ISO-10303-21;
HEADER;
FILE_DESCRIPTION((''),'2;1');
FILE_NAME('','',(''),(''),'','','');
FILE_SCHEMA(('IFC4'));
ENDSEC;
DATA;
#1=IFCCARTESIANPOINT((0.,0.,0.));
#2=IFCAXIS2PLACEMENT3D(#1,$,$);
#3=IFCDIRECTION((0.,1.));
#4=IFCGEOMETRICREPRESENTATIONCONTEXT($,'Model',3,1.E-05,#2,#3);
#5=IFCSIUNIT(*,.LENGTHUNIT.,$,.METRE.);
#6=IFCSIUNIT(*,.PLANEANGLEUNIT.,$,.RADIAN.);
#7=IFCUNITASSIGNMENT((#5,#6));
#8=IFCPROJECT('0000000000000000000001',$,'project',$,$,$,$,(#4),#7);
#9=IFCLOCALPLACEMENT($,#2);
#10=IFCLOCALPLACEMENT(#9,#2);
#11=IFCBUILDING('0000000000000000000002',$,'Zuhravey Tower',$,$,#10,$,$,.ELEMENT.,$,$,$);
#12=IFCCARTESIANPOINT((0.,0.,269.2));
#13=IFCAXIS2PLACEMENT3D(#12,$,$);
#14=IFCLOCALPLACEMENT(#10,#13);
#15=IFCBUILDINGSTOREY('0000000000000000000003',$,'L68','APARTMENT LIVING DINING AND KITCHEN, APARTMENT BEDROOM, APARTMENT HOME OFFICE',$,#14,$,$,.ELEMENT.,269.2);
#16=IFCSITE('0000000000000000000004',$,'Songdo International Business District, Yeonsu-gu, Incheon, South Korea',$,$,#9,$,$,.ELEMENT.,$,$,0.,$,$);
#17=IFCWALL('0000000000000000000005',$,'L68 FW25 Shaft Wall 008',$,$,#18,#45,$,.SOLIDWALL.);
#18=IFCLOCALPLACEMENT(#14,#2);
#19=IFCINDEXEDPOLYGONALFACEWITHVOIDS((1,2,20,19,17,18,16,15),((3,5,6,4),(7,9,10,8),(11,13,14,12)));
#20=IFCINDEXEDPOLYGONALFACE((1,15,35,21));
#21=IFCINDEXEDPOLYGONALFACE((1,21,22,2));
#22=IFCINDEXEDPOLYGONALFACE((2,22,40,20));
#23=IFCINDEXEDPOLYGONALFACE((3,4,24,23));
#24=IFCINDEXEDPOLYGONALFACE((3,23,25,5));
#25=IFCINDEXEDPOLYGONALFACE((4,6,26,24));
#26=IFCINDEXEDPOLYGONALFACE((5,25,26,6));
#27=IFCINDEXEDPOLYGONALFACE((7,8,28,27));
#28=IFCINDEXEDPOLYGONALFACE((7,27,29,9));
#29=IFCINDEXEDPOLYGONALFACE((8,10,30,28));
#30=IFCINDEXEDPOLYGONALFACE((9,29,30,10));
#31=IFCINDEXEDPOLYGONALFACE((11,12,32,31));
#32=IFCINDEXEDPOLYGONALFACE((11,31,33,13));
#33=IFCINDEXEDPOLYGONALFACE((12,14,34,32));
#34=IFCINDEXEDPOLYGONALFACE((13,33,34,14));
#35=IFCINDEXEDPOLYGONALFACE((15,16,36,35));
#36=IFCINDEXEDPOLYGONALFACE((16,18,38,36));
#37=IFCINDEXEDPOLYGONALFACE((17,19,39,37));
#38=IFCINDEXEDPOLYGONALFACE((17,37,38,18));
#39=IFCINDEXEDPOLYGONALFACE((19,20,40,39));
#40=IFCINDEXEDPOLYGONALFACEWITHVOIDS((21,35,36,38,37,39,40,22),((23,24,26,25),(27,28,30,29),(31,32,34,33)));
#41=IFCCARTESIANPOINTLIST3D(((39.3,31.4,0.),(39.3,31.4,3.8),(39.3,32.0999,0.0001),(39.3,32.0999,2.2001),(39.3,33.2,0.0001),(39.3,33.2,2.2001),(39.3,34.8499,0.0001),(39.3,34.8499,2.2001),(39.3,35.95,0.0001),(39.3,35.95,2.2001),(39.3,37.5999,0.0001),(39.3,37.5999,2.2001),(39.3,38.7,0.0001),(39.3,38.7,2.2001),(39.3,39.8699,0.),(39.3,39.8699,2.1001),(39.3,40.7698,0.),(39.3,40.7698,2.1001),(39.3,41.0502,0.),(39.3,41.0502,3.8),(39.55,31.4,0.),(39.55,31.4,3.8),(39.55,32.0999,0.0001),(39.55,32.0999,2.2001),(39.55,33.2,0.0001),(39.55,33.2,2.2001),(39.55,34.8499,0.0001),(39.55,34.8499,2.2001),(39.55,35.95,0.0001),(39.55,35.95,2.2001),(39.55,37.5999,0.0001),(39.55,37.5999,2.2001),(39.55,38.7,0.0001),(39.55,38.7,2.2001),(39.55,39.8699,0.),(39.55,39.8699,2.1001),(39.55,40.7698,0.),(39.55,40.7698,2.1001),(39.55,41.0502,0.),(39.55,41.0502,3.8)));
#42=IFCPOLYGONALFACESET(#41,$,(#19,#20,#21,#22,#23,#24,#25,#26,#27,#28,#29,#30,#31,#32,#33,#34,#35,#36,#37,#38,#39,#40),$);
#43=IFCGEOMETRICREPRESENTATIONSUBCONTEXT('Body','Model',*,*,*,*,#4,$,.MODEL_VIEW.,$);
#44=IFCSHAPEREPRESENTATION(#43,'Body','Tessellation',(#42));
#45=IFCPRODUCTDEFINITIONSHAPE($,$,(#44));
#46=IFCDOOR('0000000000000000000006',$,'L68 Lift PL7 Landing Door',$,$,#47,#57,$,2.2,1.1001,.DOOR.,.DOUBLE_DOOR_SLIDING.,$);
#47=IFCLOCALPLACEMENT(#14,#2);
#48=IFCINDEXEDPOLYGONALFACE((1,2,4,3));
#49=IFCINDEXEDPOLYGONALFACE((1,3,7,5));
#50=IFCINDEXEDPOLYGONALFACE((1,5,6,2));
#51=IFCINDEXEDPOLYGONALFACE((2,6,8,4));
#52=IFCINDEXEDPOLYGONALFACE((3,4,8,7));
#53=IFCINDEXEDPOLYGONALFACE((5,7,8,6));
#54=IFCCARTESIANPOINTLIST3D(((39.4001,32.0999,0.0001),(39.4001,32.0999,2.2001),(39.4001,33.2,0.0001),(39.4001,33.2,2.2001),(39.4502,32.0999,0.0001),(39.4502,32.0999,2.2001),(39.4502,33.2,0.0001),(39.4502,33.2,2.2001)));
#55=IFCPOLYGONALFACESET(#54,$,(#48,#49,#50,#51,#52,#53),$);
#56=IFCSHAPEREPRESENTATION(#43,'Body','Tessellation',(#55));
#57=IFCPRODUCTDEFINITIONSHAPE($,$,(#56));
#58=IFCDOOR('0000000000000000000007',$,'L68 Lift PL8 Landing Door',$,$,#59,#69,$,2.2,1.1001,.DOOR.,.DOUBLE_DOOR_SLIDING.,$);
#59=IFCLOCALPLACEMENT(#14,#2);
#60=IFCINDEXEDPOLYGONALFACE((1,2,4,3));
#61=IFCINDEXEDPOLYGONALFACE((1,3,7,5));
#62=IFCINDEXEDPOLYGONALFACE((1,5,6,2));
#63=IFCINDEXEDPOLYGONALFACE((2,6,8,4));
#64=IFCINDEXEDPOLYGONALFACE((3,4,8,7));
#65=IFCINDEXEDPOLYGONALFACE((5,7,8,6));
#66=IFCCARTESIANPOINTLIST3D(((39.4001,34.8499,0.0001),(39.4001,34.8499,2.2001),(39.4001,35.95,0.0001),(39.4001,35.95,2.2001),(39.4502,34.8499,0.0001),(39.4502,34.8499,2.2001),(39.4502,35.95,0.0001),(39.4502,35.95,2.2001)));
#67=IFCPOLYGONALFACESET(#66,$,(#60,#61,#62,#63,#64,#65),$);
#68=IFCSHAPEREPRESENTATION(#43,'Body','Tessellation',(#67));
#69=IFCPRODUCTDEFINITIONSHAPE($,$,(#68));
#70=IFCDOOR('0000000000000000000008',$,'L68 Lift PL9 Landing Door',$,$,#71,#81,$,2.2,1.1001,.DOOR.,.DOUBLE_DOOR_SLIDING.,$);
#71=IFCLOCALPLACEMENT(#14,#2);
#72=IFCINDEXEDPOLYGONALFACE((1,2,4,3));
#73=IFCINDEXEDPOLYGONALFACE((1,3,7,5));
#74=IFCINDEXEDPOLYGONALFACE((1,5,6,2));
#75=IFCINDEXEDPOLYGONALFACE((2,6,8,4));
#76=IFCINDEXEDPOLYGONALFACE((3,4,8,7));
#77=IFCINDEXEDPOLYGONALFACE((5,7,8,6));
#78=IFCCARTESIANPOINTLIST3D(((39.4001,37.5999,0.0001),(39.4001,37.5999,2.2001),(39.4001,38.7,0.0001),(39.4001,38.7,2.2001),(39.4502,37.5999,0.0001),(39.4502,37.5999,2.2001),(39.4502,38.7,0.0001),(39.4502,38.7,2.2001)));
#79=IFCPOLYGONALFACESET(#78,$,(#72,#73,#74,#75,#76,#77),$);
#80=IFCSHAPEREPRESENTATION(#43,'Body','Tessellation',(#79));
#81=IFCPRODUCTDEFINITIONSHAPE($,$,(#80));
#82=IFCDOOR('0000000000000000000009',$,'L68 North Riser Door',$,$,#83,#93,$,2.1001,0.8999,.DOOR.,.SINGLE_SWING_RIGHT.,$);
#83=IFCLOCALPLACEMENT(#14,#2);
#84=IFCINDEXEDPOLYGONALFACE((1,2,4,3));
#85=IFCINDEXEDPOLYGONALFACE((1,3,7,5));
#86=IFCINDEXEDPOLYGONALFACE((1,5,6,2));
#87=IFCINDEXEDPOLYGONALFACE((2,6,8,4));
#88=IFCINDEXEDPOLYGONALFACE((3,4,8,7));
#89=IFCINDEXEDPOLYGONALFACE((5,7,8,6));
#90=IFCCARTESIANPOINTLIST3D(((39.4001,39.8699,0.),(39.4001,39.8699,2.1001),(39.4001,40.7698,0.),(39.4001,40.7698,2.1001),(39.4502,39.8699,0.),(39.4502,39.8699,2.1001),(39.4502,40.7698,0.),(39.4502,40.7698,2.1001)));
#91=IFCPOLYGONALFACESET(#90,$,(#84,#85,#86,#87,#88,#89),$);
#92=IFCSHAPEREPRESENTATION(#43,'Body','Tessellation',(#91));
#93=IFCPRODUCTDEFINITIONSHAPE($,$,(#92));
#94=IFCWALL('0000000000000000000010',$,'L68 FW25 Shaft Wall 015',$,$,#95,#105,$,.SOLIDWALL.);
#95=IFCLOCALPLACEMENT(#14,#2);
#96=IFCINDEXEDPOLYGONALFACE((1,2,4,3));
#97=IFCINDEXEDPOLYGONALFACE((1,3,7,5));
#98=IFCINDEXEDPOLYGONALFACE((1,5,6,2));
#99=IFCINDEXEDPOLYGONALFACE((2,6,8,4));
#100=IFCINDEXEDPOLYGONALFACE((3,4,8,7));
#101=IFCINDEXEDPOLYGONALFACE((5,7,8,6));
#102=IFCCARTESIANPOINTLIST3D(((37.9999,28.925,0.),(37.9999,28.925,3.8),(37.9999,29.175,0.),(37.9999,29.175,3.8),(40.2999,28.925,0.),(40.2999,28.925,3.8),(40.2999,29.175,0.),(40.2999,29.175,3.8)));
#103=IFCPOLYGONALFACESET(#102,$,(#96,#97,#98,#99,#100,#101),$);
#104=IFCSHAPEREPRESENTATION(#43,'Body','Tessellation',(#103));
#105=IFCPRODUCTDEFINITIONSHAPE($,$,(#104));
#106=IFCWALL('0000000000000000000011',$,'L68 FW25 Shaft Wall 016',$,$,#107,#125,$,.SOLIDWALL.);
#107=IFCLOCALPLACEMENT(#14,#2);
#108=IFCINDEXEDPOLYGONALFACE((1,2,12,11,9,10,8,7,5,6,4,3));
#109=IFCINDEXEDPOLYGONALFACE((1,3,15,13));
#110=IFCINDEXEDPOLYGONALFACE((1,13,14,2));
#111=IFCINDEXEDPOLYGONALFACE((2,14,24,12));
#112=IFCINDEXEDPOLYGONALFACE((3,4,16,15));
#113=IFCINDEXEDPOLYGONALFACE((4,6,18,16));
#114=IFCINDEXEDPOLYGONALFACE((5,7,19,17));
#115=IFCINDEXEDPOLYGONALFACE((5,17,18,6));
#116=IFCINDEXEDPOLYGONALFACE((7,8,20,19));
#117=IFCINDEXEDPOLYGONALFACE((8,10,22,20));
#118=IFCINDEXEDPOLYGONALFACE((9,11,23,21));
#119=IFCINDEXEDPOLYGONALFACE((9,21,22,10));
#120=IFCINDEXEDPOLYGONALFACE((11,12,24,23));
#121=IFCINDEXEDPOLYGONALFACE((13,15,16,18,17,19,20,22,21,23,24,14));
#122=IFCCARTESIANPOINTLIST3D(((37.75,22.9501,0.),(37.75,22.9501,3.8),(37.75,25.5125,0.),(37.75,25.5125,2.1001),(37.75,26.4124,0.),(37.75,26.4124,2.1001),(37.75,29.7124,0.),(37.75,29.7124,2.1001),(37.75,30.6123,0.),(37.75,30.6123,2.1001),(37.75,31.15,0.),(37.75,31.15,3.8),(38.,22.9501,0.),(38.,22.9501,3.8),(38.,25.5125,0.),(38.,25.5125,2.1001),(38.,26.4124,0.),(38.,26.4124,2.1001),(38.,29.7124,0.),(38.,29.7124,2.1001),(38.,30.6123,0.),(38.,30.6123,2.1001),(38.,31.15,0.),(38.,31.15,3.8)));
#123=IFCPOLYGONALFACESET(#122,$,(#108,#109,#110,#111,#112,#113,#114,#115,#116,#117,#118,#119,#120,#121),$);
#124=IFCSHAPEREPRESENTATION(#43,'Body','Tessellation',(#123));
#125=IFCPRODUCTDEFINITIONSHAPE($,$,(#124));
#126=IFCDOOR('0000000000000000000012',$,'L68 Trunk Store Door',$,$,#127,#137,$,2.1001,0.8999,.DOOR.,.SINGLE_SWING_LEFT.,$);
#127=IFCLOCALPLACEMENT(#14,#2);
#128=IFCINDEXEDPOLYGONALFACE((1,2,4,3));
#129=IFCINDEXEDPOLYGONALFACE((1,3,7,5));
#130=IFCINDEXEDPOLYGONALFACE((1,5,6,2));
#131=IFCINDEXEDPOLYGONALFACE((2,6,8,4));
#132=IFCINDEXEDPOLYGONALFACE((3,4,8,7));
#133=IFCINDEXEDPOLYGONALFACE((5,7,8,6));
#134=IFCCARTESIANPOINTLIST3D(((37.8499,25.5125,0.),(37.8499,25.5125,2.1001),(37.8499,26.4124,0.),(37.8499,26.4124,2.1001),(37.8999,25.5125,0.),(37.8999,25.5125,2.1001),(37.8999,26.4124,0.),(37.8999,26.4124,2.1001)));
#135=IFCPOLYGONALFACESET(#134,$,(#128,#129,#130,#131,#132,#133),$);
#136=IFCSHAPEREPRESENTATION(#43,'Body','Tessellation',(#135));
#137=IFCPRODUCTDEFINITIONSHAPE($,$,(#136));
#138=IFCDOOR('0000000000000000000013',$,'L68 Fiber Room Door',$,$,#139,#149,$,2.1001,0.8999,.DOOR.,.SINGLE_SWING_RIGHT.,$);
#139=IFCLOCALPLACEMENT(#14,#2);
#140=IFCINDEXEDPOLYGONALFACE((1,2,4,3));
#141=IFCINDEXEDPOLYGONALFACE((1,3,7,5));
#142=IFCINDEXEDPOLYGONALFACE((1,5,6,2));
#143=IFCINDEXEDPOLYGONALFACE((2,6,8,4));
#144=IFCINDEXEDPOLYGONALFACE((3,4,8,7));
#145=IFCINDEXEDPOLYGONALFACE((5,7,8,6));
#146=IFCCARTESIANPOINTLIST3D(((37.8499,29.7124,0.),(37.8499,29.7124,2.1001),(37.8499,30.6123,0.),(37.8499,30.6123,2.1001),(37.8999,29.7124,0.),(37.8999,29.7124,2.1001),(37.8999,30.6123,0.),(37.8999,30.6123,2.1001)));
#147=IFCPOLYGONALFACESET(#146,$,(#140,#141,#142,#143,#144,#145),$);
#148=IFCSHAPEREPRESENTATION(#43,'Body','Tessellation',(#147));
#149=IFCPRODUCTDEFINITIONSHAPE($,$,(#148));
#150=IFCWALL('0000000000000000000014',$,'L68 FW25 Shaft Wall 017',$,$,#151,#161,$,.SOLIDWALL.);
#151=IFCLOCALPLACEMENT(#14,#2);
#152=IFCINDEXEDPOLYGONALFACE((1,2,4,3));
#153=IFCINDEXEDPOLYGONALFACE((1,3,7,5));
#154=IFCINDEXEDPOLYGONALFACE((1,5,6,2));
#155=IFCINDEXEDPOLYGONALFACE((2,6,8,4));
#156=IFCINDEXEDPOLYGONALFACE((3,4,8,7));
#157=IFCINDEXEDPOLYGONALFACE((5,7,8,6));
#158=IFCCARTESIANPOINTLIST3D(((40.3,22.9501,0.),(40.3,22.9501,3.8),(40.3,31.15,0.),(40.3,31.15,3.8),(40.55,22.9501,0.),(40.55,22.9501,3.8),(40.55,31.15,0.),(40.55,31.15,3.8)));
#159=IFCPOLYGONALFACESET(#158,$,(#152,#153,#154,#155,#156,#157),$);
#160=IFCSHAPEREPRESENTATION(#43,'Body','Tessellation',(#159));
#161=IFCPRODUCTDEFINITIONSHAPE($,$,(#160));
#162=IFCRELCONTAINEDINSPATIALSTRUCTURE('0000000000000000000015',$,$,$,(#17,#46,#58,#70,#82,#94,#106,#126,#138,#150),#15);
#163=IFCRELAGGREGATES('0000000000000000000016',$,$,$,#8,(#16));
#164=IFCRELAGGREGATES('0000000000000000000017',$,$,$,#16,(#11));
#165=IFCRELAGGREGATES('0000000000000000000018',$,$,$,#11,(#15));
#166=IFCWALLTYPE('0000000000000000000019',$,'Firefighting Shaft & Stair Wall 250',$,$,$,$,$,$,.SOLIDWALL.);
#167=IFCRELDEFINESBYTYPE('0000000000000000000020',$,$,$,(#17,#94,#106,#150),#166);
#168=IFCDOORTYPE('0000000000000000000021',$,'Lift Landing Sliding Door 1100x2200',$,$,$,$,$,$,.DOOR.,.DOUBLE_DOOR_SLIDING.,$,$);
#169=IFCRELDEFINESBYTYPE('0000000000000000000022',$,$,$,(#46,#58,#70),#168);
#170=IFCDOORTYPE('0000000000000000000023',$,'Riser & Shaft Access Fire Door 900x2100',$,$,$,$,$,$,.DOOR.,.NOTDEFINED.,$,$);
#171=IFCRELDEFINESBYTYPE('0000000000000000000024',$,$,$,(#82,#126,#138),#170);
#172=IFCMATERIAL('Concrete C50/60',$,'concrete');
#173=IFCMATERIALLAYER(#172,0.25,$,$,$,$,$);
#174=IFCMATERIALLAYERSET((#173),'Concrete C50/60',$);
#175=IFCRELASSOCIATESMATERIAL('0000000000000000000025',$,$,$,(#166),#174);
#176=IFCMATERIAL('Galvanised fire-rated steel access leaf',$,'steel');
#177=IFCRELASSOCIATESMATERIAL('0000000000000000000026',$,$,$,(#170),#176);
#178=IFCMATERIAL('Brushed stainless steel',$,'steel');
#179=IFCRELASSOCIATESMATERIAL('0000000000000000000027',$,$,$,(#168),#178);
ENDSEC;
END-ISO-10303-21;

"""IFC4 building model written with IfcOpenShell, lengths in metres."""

from ifc_helpers import new_model, si_unit, direction, frame, frame_2d, origin, place, context, subcontext, project, spatial, rectangle, extrude, material, layer, layer_set, type_object, element, fill, save


model = new_model("IFC4")

# Units and contexts
model_context = context("Model", 3, precision=1e-05, world=origin(), true_north=direction((0.0, 1.0)))
body_context = subcontext(model_context, "Body", "Model", "MODEL_VIEW")
ifc_project = project(units=[si_unit("LENGTHUNIT", "METRE"), si_unit("PLANEANGLEUNIT", "RADIAN")], contexts=[model_context])

# Site, building, storey
site_placement = place(None, origin())
site = spatial("IfcSite", under=ifc_project, at=site_placement, Name="Songdo International Business District, Yeonsu-gu, Incheon, South Korea", CompositionType="ELEMENT", RefElevation=0.0)
building_placement = place(site_placement, origin())
building = spatial("IfcBuilding", under=site, at=building_placement, Name="Zuhravey Tower", CompositionType="ELEMENT")
storey_placement = place(building_placement, frame((0.0, 0.0, 269.2)))
storey = spatial("IfcBuildingStorey", under=building, at=storey_placement, Name="L68", Description="APARTMENT LIVING DINING AND KITCHEN, APARTMENT BEDROOM, APARTMENT HOME OFFICE", CompositionType="ELEMENT", Elevation=269.2)

# Shared definitions
ifc_material_1 = material(Name="Concrete C50/60", Category="concrete")

# Shared definitions
ifc_layer_1 = layer(ifc_material_1, 0.25)
ifc_layer_set_1 = layer_set([ifc_layer_1], Name="Concrete C50/60")
wall_type_1 = type_object("IfcWallType", Name="Firefighting Shaft & Stair Wall 250", PredefinedType="SOLIDWALL", material=ifc_layer_set_1)

# Wall, openings, doors
ifc_material_2 = material(Name="Galvanised fire-rated steel access leaf", Category="steel")
door_type_1 = type_object("IfcDoorType", Name="Riser & Shaft Access Fire Door 900x2100", OperationType="NOTDEFINED", PredefinedType="DOOR", material=ifc_material_2)
wall_1_placement = place(storey_placement, frame((39.425, 31.3999, 0.0), z_axis=(0.0, 0.0, 1.0), x_axis=(0.0, 1.0, 0.0)))
wall_1 = element("IfcWall", 1, at=wall_1_placement, inside=storey, type_object=wall_type_1, Name="L68 FW25 Shaft Wall 008", PredefinedType="SOLIDWALL", context=body_context, shape_type="SweptSolid", body=[
    extrude(rectangle(XDim=9.6501, YDim=0.25, at=frame_2d((4.8252, 0.0))), origin(), (0.0, 0.0, 1.0), 3.8),
])
opening_1_placement = place(wall_1_placement, frame((0.7, 0.0, 0.0)))
opening_1 = element("IfcOpeningElement", 2, at=opening_1_placement, cuts=wall_1, PredefinedType="OPENING", context=body_context, shape_type="SweptSolid", body=[
    extrude(rectangle(XDim=1.1001, YDim=2.2, at=frame_2d((0.55, 1.1001))), frame((0.0, 0.137, 0.0), z_axis=(0.0, -1.0, 0.0), x_axis=(1.0, 0.0, 0.0)), (0.0, 0.0, 1.0), 0.2739),
])
opening_2_placement = place(wall_1_placement, frame((3.45, 0.0, 0.0)))
opening_2 = element("IfcOpeningElement", 3, at=opening_2_placement, cuts=wall_1, PredefinedType="OPENING", context=body_context, shape_type="SweptSolid", body=[
    extrude(rectangle(XDim=1.1001, YDim=2.2, at=frame_2d((0.55, 1.1001))), frame((0.0, 0.137, 0.0), z_axis=(0.0, -1.0, 0.0), x_axis=(1.0, 0.0, 0.0)), (0.0, 0.0, 1.0), 0.2739),
])
opening_3_placement = place(wall_1_placement, frame((6.2, 0.0, 0.0)))
opening_3 = element("IfcOpeningElement", 4, at=opening_3_placement, cuts=wall_1, PredefinedType="OPENING", context=body_context, shape_type="SweptSolid", body=[
    extrude(rectangle(XDim=1.1001, YDim=2.2, at=frame_2d((0.55, 1.1001))), frame((0.0, 0.137, 0.0), z_axis=(0.0, -1.0, 0.0), x_axis=(1.0, 0.0, 0.0)), (0.0, 0.0, 1.0), 0.2739),
])
opening_4_placement = place(wall_1_placement, frame((8.47, 0.0, 0.0)))
opening_4 = element("IfcOpeningElement", 5, at=opening_4_placement, cuts=wall_1, PredefinedType="OPENING", context=body_context, shape_type="SweptSolid", body=[
    extrude(rectangle(XDim=0.8999, YDim=2.1001, at=frame_2d((0.45, 1.05))), frame((0.0, 0.137, 0.0), z_axis=(0.0, -1.0, 0.0), x_axis=(1.0, 0.0, 0.0)), (0.0, 0.0, 1.0), 0.2739),
])
ifc_material_3 = material(Name="Brushed stainless steel", Category="steel")
door_type_2 = type_object("IfcDoorType", Name="Lift Landing Sliding Door 1100x2200", OperationType="DOUBLE_DOOR_SLIDING", PredefinedType="DOOR", material=ifc_material_3)
door_1_placement = place(opening_1_placement, origin())
door_1 = element("IfcDoor", 6, at=door_1_placement, inside=storey, type_object=door_type_2, Name="L68 Lift PL7 Landing Door", OperationType="DOUBLE_DOOR_SLIDING", OverallHeight=2.2, OverallWidth=1.1001, PredefinedType="DOOR", context=body_context, shape_type="SweptSolid", body=[
    extrude(rectangle(XDim=1.1001, YDim=2.2, at=frame_2d((0.55, 1.1001))), frame((0.0, 0.0249, 0.0), z_axis=(0.0, -1.0, 0.0), x_axis=(1.0, 0.0, 0.0)), (0.0, 0.0, 1.0), 0.05),
])
fill(opening_1, door_1)
door_2_placement = place(opening_2_placement, origin())
door_2 = element("IfcDoor", 7, at=door_2_placement, inside=storey, type_object=door_type_2, Name="L68 Lift PL8 Landing Door", OperationType="DOUBLE_DOOR_SLIDING", OverallHeight=2.2, OverallWidth=1.1001, PredefinedType="DOOR", context=body_context, shape_type="SweptSolid", body=[
    extrude(rectangle(XDim=1.1001, YDim=2.2, at=frame_2d((0.55, 1.1001))), frame((0.0, 0.0249, 0.0), z_axis=(0.0, -1.0, 0.0), x_axis=(1.0, 0.0, 0.0)), (0.0, 0.0, 1.0), 0.05),
])
fill(opening_2, door_2)
door_3_placement = place(opening_3_placement, origin())
door_3 = element("IfcDoor", 8, at=door_3_placement, inside=storey, type_object=door_type_2, Name="L68 Lift PL9 Landing Door", OperationType="DOUBLE_DOOR_SLIDING", OverallHeight=2.2, OverallWidth=1.1001, PredefinedType="DOOR", context=body_context, shape_type="SweptSolid", body=[
    extrude(rectangle(XDim=1.1001, YDim=2.2, at=frame_2d((0.55, 1.1001))), frame((0.0, 0.0249, 0.0), z_axis=(0.0, -1.0, 0.0), x_axis=(1.0, 0.0, 0.0)), (0.0, 0.0, 1.0), 0.05),
])
fill(opening_3, door_3)
door_4_placement = place(opening_4_placement, origin())
door_4 = element("IfcDoor", 9, at=door_4_placement, inside=storey, type_object=door_type_1, Name="L68 North Riser Door", OperationType="SINGLE_SWING_RIGHT", OverallHeight=2.1001, OverallWidth=0.8999, PredefinedType="DOOR", context=body_context, shape_type="SweptSolid", body=[
    extrude(rectangle(XDim=0.8999, YDim=2.1001, at=frame_2d((0.45, 1.05))), frame((0.0, 0.0249, 0.0), z_axis=(0.0, -1.0, 0.0), x_axis=(1.0, 0.0, 0.0)), (0.0, 0.0, 1.0), 0.05),
])
fill(opening_4, door_4)

# Wall
wall_2_placement = place(storey_placement, frame((38.0, 29.05, 0.0), z_axis=(0.0, 0.0, 1.0), x_axis=(1.0, 0.0, 0.0)))
element("IfcWall", 10, at=wall_2_placement, inside=storey, type_object=wall_type_1, Name="L68 FW25 Shaft Wall 015", PredefinedType="SOLIDWALL", context=body_context, shape_type="SweptSolid", body=[
    extrude(rectangle(XDim=2.3, YDim=0.25, at=frame_2d((1.1499, 0.0))), origin(), (0.0, 0.0, 1.0), 3.8),
])

# Wall, openings, doors
wall_3_placement = place(storey_placement, frame((37.875, 22.95, 0.0), z_axis=(0.0, 0.0, 1.0), x_axis=(0.0, 1.0, 0.0)))
wall_3 = element("IfcWall", 11, at=wall_3_placement, inside=storey, type_object=wall_type_1, Name="L68 FW25 Shaft Wall 016", PredefinedType="SOLIDWALL", context=body_context, shape_type="SweptSolid", body=[
    extrude(rectangle(XDim=8.2, YDim=0.25, at=frame_2d((4.1001, 0.0))), origin(), (0.0, 0.0, 1.0), 3.8),
])
opening_5_placement = place(wall_3_placement, frame((2.5625, 0.0, 0.0)))
opening_5 = element("IfcOpeningElement", 12, at=opening_5_placement, cuts=wall_3, PredefinedType="OPENING", context=body_context, shape_type="SweptSolid", body=[
    extrude(rectangle(XDim=0.8999, YDim=2.1001, at=frame_2d((0.45, 1.05))), frame((0.0, 0.137, 0.0), z_axis=(0.0, -1.0, 0.0), x_axis=(1.0, 0.0, 0.0)), (0.0, 0.0, 1.0), 0.2739),
])
opening_6_placement = place(wall_3_placement, frame((6.7625, 0.0, 0.0)))
opening_6 = element("IfcOpeningElement", 13, at=opening_6_placement, cuts=wall_3, PredefinedType="OPENING", context=body_context, shape_type="SweptSolid", body=[
    extrude(rectangle(XDim=0.8999, YDim=2.1001, at=frame_2d((0.45, 1.05))), frame((0.0, 0.137, 0.0), z_axis=(0.0, -1.0, 0.0), x_axis=(1.0, 0.0, 0.0)), (0.0, 0.0, 1.0), 0.2739),
])
door_5_placement = place(opening_5_placement, frame((0.8999, 0.0, 0.0), z_axis=(0.0, 0.0, 1.0), x_axis=(-1.0, 0.0, 0.0)))
door_5 = element("IfcDoor", 14, at=door_5_placement, inside=storey, type_object=door_type_1, Name="L68 Trunk Store Door", OperationType="SINGLE_SWING_LEFT", OverallHeight=2.1001, OverallWidth=0.8999, PredefinedType="DOOR", context=body_context, shape_type="SweptSolid", body=[
    extrude(rectangle(XDim=0.8999, YDim=2.1001, at=frame_2d((0.45, 1.05))), frame((0.0, 0.0249, 0.0), z_axis=(0.0, -1.0, 0.0), x_axis=(1.0, 0.0, 0.0)), (0.0, 0.0, 1.0), 0.05),
])
fill(opening_5, door_5)
door_6_placement = place(opening_6_placement, frame((0.8999, 0.0, 0.0), z_axis=(0.0, 0.0, 1.0), x_axis=(-1.0, 0.0, 0.0)))
door_6 = element("IfcDoor", 15, at=door_6_placement, inside=storey, type_object=door_type_1, Name="L68 Fiber Room Door", OperationType="SINGLE_SWING_RIGHT", OverallHeight=2.1001, OverallWidth=0.8999, PredefinedType="DOOR", context=body_context, shape_type="SweptSolid", body=[
    extrude(rectangle(XDim=0.8999, YDim=2.1001, at=frame_2d((0.45, 1.05))), frame((0.0, 0.0249, 0.0), z_axis=(0.0, -1.0, 0.0), x_axis=(1.0, 0.0, 0.0)), (0.0, 0.0, 1.0), 0.05),
])
fill(opening_6, door_6)

# Wall
wall_4_placement = place(storey_placement, frame((40.425, 22.95, 0.0), z_axis=(0.0, 0.0, 1.0), x_axis=(0.0, 1.0, 0.0)))
element("IfcWall", 16, at=wall_4_placement, inside=storey, type_object=wall_type_1, Name="L68 FW25 Shaft Wall 017", PredefinedType="SOLIDWALL", context=body_context, shape_type="SweptSolid", body=[
    extrude(rectangle(XDim=8.2, YDim=0.25, at=frame_2d((4.1001, 0.0))), origin(), (0.0, 0.0, 1.0), 3.8),
])

save(model, "model.ifc")
